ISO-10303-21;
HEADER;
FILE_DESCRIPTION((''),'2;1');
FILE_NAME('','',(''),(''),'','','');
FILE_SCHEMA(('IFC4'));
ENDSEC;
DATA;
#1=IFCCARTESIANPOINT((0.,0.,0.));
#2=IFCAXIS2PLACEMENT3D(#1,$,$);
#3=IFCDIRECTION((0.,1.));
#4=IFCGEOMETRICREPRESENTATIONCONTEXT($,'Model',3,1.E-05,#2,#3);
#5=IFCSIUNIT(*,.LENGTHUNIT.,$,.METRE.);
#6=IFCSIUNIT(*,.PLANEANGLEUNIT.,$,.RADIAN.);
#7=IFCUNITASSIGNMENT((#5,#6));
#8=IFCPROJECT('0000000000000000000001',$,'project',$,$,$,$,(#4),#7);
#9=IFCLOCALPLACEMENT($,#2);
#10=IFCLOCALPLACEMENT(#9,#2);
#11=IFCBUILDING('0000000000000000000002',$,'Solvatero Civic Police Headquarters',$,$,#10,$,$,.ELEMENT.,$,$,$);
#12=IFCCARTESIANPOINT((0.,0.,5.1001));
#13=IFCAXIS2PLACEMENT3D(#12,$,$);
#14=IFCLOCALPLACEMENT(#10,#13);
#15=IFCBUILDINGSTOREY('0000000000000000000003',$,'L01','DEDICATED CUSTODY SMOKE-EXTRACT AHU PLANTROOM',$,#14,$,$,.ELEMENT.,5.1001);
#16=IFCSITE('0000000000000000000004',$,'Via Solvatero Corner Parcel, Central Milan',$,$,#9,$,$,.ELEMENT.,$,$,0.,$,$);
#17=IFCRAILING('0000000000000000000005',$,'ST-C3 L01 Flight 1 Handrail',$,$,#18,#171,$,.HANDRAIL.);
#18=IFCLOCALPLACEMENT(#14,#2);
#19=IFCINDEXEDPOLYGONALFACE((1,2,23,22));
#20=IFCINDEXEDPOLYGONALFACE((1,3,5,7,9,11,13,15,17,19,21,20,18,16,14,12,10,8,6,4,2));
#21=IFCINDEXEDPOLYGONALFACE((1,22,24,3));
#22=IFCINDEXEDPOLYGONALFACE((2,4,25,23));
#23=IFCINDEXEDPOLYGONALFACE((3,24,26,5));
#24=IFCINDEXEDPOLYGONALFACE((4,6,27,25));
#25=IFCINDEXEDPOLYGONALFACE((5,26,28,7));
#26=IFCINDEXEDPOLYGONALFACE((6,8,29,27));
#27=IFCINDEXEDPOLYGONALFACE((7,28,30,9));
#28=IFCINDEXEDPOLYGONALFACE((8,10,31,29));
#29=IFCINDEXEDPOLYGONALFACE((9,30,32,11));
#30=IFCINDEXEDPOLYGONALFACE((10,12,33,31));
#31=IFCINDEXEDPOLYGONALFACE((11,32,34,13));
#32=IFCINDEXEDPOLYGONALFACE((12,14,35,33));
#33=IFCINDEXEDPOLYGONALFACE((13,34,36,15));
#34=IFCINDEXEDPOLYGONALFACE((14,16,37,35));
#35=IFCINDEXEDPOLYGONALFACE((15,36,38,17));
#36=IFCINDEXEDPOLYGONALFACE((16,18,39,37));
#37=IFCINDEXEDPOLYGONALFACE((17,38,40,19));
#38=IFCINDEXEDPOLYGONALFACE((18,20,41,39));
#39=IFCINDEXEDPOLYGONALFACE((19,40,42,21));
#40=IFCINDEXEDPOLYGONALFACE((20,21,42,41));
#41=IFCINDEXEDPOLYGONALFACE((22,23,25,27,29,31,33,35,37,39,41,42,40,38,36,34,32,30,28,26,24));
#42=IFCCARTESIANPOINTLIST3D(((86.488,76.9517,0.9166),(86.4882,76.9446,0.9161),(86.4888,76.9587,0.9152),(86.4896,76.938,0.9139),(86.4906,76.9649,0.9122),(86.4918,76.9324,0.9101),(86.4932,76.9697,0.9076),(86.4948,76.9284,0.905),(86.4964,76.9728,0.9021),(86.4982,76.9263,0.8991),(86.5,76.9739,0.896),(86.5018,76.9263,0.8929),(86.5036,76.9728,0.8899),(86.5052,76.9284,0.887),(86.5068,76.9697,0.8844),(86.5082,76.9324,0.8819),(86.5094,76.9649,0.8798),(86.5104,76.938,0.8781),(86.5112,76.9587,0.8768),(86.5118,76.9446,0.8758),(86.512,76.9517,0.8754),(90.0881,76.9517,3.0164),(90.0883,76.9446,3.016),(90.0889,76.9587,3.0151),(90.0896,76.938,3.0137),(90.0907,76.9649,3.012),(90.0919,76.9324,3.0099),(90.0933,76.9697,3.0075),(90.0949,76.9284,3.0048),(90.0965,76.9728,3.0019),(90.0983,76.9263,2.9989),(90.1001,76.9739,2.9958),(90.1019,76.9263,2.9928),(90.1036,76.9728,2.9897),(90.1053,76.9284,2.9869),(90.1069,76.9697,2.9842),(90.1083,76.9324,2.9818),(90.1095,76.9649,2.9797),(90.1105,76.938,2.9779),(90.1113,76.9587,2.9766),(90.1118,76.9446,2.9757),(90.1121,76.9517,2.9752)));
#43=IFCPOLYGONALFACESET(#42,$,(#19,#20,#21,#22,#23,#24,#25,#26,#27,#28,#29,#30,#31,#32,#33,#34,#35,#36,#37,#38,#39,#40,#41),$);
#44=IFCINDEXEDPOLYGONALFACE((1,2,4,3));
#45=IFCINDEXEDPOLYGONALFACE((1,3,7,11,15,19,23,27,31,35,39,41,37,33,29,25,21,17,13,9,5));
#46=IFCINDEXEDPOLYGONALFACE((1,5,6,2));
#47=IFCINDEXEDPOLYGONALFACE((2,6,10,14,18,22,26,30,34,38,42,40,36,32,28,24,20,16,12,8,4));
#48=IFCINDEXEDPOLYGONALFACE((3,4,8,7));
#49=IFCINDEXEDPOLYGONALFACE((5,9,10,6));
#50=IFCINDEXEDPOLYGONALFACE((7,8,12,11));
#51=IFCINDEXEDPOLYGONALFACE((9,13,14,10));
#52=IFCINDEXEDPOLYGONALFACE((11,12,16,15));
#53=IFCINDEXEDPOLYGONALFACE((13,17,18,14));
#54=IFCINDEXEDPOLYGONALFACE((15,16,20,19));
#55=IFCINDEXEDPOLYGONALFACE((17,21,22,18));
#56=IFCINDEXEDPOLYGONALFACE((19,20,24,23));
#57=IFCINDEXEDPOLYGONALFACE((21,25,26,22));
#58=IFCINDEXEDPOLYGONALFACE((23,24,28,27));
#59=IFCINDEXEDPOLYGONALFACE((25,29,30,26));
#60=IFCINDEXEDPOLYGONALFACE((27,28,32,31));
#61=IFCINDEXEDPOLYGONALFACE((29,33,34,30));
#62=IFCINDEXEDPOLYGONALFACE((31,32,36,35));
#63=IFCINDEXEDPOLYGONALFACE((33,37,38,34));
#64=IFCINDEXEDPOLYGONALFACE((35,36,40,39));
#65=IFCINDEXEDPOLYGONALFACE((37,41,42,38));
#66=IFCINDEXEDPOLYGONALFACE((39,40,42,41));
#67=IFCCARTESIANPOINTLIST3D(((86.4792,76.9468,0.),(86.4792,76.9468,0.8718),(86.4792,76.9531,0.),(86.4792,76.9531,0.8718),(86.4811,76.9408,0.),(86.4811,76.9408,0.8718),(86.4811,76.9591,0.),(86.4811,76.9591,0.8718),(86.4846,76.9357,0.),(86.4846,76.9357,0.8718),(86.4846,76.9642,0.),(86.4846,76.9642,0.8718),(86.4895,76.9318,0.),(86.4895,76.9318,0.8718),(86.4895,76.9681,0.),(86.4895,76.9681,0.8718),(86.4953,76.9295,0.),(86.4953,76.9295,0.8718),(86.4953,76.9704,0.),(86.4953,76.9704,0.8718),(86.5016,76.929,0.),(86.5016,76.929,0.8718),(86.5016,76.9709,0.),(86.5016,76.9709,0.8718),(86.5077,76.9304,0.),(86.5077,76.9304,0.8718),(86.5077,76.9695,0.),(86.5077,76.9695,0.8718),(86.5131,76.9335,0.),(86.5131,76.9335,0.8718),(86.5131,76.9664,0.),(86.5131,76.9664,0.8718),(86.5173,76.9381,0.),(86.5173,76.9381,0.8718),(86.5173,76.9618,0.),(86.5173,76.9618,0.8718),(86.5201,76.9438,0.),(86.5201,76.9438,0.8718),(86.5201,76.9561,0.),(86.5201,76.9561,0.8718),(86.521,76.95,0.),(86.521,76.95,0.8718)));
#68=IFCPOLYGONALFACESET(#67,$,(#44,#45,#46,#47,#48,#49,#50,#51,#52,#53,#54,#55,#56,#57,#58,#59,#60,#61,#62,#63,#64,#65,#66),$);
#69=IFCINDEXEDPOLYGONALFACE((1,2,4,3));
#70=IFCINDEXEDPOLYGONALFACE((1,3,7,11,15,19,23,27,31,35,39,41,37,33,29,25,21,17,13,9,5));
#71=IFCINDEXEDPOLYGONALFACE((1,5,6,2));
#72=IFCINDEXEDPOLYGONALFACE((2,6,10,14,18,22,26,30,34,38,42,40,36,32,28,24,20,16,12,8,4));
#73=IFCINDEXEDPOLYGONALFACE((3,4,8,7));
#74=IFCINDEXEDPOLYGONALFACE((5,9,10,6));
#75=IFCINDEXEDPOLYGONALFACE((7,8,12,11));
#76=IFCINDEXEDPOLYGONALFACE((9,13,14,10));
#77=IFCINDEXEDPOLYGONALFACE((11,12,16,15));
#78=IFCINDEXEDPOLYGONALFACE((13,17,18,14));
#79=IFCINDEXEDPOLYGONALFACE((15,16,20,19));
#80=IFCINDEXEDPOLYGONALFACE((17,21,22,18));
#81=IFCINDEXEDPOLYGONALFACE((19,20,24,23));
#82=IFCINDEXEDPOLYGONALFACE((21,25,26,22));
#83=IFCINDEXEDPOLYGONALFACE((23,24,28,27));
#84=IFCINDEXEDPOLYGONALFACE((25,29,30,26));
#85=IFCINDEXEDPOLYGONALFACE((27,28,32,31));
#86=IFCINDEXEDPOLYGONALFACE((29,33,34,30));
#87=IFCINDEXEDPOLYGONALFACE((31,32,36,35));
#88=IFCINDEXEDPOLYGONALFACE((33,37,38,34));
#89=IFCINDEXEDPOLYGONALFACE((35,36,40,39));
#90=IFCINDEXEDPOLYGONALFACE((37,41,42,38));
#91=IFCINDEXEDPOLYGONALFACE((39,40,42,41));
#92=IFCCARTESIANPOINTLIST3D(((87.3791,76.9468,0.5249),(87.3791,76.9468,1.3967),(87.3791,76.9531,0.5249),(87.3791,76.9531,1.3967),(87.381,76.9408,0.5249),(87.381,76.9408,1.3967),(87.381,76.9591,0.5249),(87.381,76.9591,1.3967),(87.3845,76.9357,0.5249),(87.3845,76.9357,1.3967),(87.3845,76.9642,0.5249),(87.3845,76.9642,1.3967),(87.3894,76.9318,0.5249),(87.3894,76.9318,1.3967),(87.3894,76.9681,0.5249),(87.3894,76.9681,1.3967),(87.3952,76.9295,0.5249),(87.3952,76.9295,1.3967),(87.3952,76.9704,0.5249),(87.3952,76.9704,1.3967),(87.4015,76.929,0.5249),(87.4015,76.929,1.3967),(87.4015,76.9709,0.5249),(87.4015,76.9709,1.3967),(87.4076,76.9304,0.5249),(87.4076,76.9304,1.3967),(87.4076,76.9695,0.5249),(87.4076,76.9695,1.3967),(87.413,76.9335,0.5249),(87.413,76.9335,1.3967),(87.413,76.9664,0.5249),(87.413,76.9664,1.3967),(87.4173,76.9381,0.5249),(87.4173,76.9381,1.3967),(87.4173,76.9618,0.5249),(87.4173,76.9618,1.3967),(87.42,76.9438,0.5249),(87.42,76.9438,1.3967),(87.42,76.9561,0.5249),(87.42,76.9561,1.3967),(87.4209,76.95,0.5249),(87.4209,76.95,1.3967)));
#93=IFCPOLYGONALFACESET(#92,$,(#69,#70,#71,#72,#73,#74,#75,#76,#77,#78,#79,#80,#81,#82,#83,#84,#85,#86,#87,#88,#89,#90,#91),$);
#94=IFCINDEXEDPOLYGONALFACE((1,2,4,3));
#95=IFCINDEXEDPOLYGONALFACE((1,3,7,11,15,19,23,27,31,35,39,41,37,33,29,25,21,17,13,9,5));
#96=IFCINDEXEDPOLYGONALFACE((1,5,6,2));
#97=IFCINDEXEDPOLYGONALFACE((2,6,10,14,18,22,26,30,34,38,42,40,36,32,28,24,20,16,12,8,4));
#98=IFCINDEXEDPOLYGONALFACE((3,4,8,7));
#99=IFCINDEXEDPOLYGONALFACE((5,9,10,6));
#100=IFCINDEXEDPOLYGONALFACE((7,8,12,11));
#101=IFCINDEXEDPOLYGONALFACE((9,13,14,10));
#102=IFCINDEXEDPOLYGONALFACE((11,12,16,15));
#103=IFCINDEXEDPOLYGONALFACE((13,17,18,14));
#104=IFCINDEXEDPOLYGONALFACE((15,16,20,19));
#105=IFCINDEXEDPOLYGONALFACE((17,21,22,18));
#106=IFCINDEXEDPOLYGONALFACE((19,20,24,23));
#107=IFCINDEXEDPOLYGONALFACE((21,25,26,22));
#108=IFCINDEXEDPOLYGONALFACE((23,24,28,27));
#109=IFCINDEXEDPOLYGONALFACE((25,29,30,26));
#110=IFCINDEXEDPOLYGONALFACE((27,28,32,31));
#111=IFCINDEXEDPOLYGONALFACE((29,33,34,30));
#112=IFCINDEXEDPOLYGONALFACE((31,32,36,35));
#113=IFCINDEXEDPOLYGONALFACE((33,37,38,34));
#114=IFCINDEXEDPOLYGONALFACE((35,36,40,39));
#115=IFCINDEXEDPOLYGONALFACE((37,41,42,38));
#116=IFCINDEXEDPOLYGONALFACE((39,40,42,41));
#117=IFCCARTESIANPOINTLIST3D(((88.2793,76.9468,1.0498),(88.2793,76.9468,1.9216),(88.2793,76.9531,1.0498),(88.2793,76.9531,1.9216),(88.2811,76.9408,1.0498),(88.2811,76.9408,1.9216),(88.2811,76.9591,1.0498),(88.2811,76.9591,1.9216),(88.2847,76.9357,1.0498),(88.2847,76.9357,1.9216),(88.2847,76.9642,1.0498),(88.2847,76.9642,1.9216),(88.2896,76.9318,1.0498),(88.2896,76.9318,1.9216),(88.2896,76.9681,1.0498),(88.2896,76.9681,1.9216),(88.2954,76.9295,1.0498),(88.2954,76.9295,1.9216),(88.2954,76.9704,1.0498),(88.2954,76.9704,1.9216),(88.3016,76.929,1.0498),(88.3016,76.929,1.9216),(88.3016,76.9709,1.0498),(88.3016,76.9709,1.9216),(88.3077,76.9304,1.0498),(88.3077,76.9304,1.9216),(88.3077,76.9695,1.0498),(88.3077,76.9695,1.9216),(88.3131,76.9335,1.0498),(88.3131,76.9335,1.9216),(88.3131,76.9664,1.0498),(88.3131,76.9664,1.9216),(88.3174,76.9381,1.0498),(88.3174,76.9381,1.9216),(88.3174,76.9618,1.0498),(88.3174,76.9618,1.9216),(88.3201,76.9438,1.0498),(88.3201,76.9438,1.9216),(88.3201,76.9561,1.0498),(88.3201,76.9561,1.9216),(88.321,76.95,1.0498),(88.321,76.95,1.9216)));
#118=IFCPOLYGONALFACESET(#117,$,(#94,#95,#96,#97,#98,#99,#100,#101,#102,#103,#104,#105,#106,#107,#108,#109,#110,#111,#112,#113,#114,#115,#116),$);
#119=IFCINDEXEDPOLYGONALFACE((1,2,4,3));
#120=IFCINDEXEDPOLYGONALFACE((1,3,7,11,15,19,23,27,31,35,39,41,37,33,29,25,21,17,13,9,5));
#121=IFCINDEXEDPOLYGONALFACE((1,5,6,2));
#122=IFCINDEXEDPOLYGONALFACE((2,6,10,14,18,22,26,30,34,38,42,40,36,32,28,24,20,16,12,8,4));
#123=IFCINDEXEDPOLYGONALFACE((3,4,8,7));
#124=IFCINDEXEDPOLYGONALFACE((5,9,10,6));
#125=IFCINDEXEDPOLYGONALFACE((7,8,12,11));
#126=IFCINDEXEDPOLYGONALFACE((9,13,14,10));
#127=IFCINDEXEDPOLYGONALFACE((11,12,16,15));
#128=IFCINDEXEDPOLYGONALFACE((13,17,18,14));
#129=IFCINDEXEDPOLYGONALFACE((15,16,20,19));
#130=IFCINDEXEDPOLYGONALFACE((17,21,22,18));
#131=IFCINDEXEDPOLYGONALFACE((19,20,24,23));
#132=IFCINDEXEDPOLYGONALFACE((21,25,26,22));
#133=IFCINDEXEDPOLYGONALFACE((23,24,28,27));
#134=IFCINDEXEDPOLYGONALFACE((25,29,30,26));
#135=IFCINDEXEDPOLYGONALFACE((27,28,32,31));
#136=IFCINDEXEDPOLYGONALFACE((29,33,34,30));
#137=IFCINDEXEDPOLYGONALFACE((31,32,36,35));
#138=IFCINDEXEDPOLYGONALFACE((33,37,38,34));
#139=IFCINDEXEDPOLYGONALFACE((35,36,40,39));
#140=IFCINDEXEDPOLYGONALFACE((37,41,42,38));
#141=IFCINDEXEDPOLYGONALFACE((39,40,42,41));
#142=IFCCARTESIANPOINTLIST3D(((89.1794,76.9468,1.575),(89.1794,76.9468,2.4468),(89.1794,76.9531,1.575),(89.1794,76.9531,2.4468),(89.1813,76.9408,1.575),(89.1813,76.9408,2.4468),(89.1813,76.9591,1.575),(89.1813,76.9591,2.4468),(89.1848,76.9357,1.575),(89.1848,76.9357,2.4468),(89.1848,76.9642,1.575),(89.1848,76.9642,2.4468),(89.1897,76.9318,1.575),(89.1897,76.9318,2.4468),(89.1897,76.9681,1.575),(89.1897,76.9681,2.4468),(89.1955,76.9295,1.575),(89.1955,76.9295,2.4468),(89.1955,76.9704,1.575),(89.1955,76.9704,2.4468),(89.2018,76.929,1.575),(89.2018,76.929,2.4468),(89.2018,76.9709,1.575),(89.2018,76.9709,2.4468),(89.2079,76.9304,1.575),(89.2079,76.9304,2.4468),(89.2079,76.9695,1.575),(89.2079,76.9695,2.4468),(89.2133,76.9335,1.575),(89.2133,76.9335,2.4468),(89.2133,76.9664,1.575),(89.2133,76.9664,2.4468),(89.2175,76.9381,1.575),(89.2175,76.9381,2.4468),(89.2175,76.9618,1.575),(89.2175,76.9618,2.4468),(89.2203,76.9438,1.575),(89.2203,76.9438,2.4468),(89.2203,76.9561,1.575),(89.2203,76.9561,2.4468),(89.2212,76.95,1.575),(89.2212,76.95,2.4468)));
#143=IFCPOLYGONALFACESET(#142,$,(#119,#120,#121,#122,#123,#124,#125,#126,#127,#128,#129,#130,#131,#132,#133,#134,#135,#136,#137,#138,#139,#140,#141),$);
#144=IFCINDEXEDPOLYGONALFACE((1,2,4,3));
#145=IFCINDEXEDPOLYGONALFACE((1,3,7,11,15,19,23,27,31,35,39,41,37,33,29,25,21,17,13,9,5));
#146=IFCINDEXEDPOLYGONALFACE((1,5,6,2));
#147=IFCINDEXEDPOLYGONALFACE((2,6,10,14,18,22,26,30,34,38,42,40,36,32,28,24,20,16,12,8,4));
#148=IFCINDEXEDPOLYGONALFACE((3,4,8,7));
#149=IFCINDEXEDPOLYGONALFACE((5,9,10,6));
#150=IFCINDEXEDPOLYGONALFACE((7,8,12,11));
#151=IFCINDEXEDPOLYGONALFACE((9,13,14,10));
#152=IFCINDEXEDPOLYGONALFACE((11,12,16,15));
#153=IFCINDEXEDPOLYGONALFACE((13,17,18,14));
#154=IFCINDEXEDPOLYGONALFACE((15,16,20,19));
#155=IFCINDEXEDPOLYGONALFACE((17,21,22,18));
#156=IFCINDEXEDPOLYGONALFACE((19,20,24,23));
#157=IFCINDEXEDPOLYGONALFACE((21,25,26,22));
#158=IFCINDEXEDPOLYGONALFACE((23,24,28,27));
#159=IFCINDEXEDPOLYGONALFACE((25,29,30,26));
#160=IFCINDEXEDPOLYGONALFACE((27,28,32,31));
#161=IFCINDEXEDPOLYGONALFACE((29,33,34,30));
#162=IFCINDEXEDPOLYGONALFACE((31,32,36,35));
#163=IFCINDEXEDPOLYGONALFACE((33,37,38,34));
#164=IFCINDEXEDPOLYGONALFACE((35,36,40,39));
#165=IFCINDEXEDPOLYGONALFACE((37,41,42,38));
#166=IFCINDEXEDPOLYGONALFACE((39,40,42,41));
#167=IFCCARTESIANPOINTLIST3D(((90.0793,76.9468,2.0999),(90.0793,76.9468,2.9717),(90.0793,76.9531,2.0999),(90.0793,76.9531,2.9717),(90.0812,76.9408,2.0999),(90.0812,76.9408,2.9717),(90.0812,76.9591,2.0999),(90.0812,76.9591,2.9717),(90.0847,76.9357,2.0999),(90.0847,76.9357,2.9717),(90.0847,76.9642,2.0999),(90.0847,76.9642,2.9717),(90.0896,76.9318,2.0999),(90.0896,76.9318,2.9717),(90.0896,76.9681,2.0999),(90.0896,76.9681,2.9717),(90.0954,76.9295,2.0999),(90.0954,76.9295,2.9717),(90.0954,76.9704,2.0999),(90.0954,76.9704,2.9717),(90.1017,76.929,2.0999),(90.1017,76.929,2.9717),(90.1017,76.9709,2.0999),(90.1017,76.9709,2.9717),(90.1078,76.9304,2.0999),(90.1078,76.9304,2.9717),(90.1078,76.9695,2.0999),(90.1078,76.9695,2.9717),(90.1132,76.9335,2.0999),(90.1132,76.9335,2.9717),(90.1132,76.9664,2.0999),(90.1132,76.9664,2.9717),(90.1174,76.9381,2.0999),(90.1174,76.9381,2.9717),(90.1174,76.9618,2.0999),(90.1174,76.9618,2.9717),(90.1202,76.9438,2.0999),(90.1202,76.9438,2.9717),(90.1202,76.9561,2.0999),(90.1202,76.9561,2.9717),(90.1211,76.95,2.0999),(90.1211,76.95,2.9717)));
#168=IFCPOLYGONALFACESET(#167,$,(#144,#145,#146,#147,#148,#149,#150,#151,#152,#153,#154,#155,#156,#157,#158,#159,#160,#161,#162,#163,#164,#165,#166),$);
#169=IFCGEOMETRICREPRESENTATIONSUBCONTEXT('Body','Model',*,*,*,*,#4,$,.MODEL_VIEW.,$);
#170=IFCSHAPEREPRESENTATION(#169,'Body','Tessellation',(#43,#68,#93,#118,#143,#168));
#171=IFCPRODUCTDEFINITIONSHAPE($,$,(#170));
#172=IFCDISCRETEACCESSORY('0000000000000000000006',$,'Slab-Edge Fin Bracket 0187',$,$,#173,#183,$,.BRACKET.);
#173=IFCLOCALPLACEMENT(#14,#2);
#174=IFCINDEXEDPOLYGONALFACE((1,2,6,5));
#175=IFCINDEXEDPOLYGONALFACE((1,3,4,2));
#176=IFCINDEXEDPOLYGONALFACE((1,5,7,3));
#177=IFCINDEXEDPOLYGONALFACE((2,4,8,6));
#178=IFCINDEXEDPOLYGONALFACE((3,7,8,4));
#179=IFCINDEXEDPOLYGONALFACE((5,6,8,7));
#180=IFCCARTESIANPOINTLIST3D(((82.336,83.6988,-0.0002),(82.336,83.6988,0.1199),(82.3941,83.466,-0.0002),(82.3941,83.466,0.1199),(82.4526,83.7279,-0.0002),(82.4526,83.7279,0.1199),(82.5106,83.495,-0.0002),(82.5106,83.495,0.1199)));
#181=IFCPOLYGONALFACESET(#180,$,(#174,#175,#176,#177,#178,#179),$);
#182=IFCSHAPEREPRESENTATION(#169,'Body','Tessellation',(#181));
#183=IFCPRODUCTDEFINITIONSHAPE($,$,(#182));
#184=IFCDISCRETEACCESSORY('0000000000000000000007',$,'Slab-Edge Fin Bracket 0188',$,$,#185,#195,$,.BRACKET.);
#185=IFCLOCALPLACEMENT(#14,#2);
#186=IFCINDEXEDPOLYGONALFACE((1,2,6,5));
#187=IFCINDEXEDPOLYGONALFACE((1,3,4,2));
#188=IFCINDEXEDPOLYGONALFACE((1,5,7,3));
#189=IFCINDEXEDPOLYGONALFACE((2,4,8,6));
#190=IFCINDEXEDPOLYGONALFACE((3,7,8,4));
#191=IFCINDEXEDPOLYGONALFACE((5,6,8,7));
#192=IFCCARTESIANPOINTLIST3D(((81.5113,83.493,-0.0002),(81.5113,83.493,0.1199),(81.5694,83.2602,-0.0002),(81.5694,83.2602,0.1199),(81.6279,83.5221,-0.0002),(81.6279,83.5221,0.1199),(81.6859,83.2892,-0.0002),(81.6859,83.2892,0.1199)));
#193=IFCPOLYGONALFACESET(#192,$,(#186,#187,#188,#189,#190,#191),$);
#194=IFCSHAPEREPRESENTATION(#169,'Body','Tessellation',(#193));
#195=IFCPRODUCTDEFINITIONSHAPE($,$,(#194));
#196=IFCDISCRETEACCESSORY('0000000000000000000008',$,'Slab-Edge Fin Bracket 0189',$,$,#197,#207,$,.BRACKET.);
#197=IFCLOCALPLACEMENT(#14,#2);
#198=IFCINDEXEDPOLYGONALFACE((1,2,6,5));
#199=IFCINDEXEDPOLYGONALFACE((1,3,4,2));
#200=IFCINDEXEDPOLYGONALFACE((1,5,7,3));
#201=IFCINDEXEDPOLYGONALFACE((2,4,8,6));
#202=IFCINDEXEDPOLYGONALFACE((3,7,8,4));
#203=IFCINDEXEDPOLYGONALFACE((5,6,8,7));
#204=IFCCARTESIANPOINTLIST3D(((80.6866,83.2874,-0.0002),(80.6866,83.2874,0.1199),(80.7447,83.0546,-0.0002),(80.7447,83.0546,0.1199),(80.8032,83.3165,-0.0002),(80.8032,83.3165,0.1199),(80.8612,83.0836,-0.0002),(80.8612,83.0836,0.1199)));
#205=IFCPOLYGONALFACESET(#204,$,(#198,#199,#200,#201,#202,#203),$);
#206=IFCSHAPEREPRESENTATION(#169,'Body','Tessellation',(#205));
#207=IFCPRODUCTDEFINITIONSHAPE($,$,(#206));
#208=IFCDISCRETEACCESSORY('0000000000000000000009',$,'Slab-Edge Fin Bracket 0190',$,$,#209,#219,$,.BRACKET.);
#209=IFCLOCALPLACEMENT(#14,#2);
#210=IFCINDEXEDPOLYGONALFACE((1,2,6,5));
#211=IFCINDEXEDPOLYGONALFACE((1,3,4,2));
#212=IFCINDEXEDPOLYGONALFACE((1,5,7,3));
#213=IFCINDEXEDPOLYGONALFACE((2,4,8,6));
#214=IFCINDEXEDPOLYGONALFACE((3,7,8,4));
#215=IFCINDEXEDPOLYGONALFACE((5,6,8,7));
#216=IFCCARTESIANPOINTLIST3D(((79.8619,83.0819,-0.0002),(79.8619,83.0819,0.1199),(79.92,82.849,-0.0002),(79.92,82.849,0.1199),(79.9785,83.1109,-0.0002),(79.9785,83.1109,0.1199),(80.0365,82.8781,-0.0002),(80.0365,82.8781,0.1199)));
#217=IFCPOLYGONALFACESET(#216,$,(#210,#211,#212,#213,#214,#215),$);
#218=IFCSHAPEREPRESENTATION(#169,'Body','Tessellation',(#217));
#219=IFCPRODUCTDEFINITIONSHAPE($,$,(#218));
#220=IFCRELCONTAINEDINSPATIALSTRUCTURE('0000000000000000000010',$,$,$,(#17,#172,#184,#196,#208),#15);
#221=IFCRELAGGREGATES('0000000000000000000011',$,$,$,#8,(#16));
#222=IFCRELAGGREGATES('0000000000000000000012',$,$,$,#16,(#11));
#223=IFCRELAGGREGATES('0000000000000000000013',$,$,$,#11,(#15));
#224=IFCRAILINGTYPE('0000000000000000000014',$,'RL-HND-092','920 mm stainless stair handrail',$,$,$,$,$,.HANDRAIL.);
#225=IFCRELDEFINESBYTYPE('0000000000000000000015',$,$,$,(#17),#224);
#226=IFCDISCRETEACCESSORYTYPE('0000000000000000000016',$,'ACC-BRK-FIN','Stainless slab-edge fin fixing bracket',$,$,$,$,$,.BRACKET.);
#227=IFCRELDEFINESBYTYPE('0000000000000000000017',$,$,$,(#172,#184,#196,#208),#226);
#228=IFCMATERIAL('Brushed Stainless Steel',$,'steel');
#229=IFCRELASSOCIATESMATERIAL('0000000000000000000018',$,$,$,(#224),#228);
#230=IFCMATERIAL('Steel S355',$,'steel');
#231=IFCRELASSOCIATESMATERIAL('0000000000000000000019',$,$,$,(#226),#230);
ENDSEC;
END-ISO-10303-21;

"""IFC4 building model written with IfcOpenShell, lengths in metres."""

from ifc_helpers import new_model, si_unit, direction, frame, origin, origin_2d, place, context, subcontext, project, spatial, rectangle, circle, extrude, material, type_object, element, save


model = new_model("IFC4")

# Units and contexts
model_context = context("Model", 3, precision=1e-05, world=origin(), true_north=direction((0.0, 1.0)))
body_context = subcontext(model_context, "Body", "Model", "MODEL_VIEW")
ifc_project = project(units=[si_unit("LENGTHUNIT", "METRE"), si_unit("PLANEANGLEUNIT", "RADIAN")], contexts=[model_context])

# Site, building, storey
site_placement = place(None, origin())
site = spatial("IfcSite", under=ifc_project, at=site_placement, Name="Via Solvatero Corner Parcel, Central Milan", CompositionType="ELEMENT", RefElevation=0.0)
building_placement = place(site_placement, origin())
building = spatial("IfcBuilding", under=site, at=building_placement, Name="Solvatero Civic Police Headquarters", CompositionType="ELEMENT")
storey_placement = place(building_placement, frame((0.0, 0.0, 5.1001)))
storey = spatial("IfcBuildingStorey", under=building, at=storey_placement, Name="L01", Description="DEDICATED CUSTODY SMOKE-EXTRACT AHU PLANTROOM", CompositionType="ELEMENT", Elevation=5.1001)

# Railing
ifc_material_1 = material(Name="Brushed Stainless Steel", Category="steel")
railing_type_1 = type_object("IfcRailingType", Name="RL-HND-092", Description="920 mm stainless stair handrail", PredefinedType="HANDRAIL", material=ifc_material_1)
railing_1_placement = place(storey_placement, frame((86.5, 76.95, 0.0)))
element("IfcRailing", 1, at=railing_1_placement, inside=storey, type_object=railing_type_1, Name="ST-C3 L01 Flight 1 Handrail", PredefinedType="HANDRAIL", context=body_context, shape_type="SweptSolid", body=[
    extrude(circle(Radius=0.0239, at=origin_2d()), frame((0.0, 0.0, 0.896), z_axis=(0.8638, 0.0, 0.503835), x_axis=(0.0, 1.0, 0.0)), (0.0, 0.0, 1.0), 4.1677),
    extrude(circle(Radius=0.021, at=origin_2d()), origin(), (0.0, 0.0, 1.0), 0.8718),
    extrude(circle(Radius=0.021, at=origin_2d()), frame((0.8999, 0.0, 0.5249)), (0.0, 0.0, 1.0), 0.8718),
    extrude(circle(Radius=0.021, at=origin_2d()), frame((1.8, 0.0, 1.0498)), (0.0, 0.0, 1.0), 0.8718),
    extrude(circle(Radius=0.021, at=origin_2d()), frame((2.7002, 0.0, 1.575)), (0.0, 0.0, 1.0), 0.8718),
    extrude(circle(Radius=0.021, at=origin_2d()), frame((3.6001, 0.0, 2.0999)), (0.0, 0.0, 1.0), 0.8718),
])

# Discrete accessories
ifc_material_2 = material(Name="Steel S355", Category="steel")
discrete_accessory_type = type_object("IfcDiscreteAccessoryType", Name="ACC-BRK-FIN", Description="Stainless slab-edge fin fixing bracket", PredefinedType="BRACKET", material=ifc_material_2)
for number, where, z_axis, x_axis, name in (
    (2, (82.4233, 83.5969, -0.0002), (0.0, 0.0, 1.0), (-0.970296, -0.241922, 0.0), "Slab-Edge Fin Bracket 0187"),
    (3, (81.5986, 83.3911, -0.0002), (0.0, 0.0, 1.0), (-0.970296, -0.241922, 0.0), "Slab-Edge Fin Bracket 0188"),
    (4, (80.7739, 83.1855, -0.0002), (0.0, 0.0, 1.0), (-0.970296, -0.241922, 0.0), "Slab-Edge Fin Bracket 0189"),
    (5, (79.9492, 82.98, -0.0002), (0.0, 0.0, 1.0), (-0.970296, -0.241922, 0.0), "Slab-Edge Fin Bracket 0190"),
):
    element("IfcDiscreteAccessory", number, at=place(storey_placement, frame(where, z_axis=z_axis, x_axis=x_axis)), inside=storey, type_object=discrete_accessory_type, Name=name, PredefinedType="BRACKET", context=body_context, shape_type="SweptSolid", body=[
        extrude(rectangle(XDim=0.1201, YDim=0.24, at=origin_2d()), origin(), (0.0, 0.0, 1.0), 0.1201),
    ])

save(model, "model.ifc")
